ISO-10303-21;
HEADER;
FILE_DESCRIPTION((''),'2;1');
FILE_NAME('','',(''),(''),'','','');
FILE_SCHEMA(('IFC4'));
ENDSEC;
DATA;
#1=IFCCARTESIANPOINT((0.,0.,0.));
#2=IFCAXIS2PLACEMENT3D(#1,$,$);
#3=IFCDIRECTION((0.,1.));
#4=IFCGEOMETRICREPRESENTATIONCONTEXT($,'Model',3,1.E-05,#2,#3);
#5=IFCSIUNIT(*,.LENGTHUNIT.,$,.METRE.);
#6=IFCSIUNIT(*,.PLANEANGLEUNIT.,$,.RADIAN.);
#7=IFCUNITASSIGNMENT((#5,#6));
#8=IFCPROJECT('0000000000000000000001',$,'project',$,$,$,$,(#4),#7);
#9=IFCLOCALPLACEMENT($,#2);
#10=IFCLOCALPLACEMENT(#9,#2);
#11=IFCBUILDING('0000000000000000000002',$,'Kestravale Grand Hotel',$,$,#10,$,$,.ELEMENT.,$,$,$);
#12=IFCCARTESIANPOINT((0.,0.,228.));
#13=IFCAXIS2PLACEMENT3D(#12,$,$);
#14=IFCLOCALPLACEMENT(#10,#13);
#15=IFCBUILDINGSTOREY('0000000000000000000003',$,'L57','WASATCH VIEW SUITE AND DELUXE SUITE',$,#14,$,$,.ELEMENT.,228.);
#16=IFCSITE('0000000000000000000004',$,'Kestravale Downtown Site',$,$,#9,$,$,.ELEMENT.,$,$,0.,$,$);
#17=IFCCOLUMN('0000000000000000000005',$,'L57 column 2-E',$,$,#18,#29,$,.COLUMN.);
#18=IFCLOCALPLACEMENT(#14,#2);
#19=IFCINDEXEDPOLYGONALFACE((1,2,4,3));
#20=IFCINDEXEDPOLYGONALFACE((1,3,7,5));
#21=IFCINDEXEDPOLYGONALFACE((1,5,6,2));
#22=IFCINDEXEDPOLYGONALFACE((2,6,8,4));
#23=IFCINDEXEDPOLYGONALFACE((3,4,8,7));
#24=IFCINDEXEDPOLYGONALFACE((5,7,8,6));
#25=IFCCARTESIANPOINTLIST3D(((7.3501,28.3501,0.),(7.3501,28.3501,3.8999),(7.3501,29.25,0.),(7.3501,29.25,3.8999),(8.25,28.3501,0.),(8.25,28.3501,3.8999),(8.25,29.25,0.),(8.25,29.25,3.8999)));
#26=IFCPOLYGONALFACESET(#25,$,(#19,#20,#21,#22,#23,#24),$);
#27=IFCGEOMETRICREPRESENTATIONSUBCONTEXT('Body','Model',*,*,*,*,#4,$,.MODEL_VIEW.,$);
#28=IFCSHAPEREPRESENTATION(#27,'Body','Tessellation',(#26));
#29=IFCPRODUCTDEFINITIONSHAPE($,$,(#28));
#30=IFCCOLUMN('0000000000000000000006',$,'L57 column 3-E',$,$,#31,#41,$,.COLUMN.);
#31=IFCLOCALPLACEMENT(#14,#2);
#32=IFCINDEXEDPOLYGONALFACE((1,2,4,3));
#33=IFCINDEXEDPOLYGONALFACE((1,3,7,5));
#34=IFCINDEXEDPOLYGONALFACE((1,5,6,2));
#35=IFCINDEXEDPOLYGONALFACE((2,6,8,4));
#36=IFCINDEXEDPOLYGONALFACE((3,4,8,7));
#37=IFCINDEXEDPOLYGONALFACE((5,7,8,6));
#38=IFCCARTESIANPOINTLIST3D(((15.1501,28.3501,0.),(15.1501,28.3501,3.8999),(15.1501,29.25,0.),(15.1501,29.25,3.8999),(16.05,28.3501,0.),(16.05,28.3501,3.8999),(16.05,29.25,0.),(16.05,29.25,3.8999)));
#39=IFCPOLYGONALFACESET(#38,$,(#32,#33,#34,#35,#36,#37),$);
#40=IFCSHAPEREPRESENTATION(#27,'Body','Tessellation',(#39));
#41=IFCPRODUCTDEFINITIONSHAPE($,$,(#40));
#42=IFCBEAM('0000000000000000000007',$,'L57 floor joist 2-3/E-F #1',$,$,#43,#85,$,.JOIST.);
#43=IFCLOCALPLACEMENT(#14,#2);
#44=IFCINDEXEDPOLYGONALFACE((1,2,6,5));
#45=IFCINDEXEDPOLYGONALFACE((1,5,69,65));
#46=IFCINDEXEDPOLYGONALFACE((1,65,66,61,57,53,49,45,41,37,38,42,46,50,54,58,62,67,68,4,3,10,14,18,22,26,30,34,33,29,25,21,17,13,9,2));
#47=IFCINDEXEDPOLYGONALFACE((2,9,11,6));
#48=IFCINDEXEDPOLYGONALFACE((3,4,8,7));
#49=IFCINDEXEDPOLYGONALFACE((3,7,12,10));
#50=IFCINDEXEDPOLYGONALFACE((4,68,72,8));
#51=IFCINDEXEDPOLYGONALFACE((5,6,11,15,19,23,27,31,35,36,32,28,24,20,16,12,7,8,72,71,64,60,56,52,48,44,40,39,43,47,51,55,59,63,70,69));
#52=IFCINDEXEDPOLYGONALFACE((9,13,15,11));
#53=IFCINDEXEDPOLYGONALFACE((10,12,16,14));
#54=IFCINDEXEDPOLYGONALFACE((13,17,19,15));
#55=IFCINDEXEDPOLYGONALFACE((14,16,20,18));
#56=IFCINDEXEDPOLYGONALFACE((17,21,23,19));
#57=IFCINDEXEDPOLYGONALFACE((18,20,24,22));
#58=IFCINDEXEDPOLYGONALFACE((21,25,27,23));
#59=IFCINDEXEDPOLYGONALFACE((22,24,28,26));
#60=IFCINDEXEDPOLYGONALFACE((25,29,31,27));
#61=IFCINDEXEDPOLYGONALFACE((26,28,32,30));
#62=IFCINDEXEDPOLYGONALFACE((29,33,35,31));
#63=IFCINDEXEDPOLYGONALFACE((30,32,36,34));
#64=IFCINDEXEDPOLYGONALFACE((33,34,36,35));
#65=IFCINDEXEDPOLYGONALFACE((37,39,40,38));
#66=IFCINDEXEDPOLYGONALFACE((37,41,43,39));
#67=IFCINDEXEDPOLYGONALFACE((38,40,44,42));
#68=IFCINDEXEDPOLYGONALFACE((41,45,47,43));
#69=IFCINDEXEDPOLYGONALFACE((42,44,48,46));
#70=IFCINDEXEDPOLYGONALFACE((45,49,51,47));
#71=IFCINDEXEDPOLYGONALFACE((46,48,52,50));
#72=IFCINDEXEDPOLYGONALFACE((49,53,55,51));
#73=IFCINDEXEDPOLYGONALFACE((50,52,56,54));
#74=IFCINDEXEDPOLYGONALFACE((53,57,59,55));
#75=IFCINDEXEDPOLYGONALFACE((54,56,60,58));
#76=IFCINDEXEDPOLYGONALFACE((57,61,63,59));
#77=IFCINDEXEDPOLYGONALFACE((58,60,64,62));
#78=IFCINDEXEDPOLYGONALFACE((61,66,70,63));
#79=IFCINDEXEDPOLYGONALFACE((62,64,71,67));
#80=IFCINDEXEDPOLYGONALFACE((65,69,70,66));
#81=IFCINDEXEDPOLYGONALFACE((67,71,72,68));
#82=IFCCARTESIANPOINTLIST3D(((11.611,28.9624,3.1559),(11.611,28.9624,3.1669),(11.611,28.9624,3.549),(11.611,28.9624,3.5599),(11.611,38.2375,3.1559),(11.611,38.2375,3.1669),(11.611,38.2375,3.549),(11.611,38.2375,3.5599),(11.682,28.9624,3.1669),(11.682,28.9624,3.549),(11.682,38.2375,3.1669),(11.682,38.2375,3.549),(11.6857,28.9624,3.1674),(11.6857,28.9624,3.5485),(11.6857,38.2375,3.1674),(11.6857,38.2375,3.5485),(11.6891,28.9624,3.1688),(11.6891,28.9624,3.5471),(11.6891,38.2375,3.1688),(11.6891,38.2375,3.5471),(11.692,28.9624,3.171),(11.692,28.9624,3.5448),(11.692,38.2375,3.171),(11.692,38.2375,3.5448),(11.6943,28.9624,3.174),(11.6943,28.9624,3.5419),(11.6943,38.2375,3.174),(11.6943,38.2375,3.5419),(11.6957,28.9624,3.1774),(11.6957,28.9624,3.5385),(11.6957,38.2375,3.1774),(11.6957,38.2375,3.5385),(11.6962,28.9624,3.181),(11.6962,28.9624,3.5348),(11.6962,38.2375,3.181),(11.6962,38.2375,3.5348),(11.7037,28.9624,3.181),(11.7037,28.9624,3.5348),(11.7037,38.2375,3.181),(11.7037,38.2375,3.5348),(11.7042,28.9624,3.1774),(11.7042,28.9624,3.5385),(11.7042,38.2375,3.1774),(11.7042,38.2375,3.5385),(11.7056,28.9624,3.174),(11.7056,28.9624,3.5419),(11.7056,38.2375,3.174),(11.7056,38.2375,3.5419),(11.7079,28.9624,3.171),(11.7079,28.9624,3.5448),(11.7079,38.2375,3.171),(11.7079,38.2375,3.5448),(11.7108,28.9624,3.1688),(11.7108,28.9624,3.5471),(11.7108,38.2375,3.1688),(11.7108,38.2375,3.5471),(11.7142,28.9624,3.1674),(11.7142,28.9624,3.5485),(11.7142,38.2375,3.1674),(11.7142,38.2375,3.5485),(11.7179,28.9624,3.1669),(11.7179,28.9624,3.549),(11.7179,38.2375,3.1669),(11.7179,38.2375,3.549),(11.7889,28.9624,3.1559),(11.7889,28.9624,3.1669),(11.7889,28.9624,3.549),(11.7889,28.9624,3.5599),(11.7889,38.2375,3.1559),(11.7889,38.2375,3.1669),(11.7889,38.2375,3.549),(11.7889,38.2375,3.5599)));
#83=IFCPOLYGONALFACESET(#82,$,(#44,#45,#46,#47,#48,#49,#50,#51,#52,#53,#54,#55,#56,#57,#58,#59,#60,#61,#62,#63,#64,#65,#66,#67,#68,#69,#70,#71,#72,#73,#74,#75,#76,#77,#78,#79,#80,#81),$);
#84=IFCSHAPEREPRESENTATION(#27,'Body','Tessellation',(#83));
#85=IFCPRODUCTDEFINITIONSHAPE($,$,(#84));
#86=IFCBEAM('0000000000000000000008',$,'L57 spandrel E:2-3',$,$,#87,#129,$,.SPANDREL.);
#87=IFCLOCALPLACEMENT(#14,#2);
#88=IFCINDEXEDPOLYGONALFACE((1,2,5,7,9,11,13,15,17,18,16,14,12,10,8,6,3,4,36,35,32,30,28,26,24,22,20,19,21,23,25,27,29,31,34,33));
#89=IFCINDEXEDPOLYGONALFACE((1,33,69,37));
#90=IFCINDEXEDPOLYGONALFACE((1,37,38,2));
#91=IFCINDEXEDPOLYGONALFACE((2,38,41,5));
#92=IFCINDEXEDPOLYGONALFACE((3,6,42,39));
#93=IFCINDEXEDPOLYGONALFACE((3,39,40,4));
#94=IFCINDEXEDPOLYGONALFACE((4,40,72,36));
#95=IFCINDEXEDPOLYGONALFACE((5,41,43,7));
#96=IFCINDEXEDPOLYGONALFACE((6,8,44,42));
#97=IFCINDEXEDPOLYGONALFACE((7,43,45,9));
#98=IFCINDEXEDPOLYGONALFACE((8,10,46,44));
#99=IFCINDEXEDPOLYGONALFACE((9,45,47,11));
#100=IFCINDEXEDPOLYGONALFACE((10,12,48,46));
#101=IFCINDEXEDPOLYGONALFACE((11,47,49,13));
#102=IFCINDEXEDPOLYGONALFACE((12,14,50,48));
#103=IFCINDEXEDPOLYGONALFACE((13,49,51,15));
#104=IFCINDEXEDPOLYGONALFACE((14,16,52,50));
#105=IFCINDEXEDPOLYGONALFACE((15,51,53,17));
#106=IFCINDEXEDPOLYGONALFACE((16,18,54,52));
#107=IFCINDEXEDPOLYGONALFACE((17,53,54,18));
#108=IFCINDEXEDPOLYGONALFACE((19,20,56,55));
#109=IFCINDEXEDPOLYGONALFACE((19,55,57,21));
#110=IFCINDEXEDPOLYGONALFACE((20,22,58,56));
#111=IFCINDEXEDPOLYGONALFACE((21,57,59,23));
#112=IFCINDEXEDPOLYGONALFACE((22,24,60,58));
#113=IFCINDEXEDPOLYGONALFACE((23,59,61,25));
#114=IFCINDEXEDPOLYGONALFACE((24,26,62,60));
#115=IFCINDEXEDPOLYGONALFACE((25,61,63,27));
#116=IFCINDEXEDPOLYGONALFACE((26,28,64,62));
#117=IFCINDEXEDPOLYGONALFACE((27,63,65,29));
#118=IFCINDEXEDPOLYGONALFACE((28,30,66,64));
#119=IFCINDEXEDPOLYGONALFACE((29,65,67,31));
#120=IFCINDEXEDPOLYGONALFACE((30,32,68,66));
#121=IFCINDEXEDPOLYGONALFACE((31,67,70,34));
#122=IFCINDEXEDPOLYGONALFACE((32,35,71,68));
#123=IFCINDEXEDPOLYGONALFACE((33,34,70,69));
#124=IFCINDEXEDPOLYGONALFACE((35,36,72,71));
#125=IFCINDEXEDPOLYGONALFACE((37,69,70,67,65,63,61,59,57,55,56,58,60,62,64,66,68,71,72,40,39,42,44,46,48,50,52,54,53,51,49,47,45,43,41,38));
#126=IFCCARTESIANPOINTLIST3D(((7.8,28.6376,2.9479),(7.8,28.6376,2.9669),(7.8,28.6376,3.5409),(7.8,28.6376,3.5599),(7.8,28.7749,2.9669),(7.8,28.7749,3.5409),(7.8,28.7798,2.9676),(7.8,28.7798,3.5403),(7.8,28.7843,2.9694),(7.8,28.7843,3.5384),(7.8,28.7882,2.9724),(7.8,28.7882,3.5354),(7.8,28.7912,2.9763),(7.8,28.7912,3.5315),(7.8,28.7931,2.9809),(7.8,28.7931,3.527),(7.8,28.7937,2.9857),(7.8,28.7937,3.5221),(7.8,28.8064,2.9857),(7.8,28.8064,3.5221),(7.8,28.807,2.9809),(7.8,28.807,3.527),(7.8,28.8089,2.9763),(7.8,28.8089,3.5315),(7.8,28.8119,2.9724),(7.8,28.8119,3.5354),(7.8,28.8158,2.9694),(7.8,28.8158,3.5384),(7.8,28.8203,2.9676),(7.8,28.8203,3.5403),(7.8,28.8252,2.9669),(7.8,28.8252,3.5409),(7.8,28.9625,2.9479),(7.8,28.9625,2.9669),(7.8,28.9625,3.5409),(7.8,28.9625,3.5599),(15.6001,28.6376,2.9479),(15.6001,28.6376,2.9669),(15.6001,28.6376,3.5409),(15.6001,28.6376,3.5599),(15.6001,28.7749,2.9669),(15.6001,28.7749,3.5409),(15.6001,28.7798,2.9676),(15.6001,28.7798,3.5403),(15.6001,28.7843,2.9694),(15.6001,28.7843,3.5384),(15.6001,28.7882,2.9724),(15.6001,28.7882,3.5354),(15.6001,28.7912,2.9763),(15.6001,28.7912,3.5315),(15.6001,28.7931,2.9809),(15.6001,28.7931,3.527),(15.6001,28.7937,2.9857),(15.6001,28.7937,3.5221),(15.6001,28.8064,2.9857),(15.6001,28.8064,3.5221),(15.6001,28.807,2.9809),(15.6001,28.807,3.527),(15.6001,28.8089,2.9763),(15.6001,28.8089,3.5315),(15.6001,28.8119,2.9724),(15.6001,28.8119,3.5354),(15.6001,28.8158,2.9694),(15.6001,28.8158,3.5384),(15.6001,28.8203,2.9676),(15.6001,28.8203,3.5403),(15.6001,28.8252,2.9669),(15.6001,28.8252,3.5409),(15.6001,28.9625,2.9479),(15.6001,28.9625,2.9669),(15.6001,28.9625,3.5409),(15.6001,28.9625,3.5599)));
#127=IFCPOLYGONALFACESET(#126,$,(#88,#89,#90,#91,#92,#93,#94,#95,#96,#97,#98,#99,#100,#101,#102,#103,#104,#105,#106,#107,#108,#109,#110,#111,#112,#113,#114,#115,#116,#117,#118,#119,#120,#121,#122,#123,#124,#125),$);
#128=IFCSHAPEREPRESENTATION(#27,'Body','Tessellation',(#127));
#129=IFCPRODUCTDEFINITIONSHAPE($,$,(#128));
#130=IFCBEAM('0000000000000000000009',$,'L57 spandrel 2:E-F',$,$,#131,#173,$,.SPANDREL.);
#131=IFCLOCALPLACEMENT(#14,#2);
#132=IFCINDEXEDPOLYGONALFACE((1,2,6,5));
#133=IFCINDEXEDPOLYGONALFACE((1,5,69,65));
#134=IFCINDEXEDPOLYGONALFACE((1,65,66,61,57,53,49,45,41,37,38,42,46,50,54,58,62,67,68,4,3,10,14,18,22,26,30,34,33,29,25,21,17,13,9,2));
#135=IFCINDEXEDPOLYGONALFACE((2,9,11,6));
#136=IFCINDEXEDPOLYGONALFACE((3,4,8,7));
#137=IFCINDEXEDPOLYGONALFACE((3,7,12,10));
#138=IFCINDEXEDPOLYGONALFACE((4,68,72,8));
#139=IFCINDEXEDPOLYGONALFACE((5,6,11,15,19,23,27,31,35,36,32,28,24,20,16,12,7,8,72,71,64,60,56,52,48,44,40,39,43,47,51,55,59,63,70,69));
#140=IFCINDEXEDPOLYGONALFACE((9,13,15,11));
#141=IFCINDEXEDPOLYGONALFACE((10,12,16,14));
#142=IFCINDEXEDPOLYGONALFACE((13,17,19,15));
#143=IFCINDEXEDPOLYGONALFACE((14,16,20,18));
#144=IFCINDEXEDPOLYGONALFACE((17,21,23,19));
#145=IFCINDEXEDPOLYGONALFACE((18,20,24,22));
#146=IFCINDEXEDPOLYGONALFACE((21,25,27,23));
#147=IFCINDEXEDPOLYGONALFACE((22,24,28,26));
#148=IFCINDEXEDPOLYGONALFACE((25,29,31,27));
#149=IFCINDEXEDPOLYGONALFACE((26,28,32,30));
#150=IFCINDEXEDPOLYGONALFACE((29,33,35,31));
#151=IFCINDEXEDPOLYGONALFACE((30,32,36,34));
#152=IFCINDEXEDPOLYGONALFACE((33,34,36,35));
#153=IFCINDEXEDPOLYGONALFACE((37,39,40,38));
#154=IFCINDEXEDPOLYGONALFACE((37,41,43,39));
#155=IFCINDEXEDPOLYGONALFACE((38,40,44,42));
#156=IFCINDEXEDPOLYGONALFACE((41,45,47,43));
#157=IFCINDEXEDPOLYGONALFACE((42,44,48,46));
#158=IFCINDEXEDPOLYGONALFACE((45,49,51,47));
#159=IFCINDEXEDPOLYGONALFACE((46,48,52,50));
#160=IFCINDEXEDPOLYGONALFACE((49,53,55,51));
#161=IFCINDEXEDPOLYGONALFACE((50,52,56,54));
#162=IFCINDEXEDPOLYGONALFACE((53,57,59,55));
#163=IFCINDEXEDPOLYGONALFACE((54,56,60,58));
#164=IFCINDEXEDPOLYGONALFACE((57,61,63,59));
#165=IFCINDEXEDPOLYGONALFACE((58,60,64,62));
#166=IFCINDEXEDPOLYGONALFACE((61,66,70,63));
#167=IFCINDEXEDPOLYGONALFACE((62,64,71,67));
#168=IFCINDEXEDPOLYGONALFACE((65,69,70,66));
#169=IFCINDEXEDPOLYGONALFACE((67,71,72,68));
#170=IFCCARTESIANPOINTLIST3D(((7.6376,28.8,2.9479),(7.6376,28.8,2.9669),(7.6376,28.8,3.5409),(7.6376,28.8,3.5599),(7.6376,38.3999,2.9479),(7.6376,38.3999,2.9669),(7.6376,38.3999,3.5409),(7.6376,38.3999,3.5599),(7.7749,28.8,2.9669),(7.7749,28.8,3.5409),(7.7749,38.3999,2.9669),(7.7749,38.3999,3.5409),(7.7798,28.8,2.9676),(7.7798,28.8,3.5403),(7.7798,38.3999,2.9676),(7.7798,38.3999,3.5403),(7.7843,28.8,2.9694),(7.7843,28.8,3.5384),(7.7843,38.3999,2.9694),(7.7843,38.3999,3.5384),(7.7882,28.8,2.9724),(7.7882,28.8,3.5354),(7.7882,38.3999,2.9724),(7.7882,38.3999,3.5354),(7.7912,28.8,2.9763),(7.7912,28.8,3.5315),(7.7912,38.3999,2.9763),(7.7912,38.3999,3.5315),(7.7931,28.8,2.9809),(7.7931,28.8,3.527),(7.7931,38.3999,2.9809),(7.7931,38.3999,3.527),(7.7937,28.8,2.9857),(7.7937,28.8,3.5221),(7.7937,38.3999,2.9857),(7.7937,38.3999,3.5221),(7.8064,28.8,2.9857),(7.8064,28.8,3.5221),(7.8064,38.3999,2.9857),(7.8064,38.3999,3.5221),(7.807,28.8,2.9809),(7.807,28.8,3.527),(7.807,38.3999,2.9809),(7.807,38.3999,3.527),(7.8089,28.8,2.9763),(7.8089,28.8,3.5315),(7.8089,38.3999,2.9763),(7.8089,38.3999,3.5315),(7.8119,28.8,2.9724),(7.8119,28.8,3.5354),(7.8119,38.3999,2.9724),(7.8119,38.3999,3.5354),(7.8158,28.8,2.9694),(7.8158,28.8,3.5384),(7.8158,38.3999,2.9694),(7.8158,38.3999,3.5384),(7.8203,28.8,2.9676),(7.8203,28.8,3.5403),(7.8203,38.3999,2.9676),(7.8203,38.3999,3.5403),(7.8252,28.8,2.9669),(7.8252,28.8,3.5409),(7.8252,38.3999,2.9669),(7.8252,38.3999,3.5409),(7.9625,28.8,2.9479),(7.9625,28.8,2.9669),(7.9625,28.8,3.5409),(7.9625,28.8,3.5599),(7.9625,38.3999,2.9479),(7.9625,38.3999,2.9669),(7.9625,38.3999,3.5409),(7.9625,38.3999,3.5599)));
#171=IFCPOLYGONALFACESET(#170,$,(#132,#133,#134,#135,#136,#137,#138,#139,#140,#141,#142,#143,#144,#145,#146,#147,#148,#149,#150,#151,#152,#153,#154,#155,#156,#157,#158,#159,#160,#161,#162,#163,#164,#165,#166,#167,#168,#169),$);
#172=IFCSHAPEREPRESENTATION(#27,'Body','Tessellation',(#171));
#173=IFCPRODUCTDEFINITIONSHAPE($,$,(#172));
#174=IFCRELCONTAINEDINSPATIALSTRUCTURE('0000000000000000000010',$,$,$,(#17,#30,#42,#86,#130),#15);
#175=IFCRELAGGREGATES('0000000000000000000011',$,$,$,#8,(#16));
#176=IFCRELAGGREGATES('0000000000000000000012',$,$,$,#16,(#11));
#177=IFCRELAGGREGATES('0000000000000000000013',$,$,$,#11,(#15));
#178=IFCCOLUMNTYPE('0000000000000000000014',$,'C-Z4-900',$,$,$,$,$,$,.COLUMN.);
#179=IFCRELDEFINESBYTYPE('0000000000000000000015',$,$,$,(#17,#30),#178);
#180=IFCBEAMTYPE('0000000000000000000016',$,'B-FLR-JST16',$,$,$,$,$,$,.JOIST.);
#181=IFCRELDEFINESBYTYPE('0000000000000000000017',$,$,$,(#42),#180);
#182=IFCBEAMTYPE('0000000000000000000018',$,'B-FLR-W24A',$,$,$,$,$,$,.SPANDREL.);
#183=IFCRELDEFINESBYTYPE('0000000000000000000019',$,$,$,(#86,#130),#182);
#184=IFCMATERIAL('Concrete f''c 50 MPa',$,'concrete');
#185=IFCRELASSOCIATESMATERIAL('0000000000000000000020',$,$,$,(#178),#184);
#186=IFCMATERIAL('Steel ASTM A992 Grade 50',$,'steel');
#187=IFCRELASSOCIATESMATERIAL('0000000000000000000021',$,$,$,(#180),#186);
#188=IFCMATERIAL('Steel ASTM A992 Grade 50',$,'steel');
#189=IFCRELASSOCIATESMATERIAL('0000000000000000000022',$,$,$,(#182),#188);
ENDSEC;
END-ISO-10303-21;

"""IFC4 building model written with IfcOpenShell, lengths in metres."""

from ifc_helpers import new_model, si_unit, direction, frame, origin, origin_2d, place, context, subcontext, project, spatial, rectangle, i_section, extrude, material, material_profile, profile_set, type_object, element, save


model = new_model("IFC4")

# Units and contexts
model_context = context("Model", 3, precision=1e-05, world=origin(), true_north=direction((0.0, 1.0)))
body_context = subcontext(model_context, "Body", "Model", "MODEL_VIEW")
ifc_project = project(units=[si_unit("LENGTHUNIT", "METRE"), si_unit("PLANEANGLEUNIT", "RADIAN")], contexts=[model_context])

# Site, building, storey
site_placement = place(None, origin())
site = spatial("IfcSite", under=ifc_project, at=site_placement, Name="Kestravale Downtown Site", CompositionType="ELEMENT", RefElevation=0.0)
building_placement = place(site_placement, origin())
building = spatial("IfcBuilding", under=site, at=building_placement, Name="Kestravale Grand Hotel", CompositionType="ELEMENT")
storey_placement = place(building_placement, frame((0.0, 0.0, 228.0)))
storey = spatial("IfcBuildingStorey", under=building, at=storey_placement, Name="L57", Description="WASATCH VIEW SUITE AND DELUXE SUITE", CompositionType="ELEMENT", Elevation=228.0)

# Columns
ifc_material_1 = material(Name="Concrete f'c 50 MPa", Category="concrete")
ifc_material_profile_1 = material_profile(ifc_material_1, rectangle(XDim=0.8999, YDim=0.8999, at=origin_2d()))
ifc_profile_set_1 = profile_set([ifc_material_profile_1], Name="Concrete f'c 50 MPa")
column_type = type_object("IfcColumnType", Name="C-Z4-900", PredefinedType="COLUMN", material=ifc_profile_set_1)
for number, where, z_axis, x_axis, name in (
    (1, (7.8, 28.8, 0.0), (0.0, 0.0, 1.0), (1.0, 0.0, 0.0), "L57 column 2-E"),
    (2, (15.6001, 28.8, 0.0), (0.0, 0.0, 1.0), (1.0, 0.0, 0.0), "L57 column 3-E"),
):
    element("IfcColumn", number, at=place(storey_placement, frame(where, z_axis=z_axis, x_axis=x_axis)), inside=storey, type_object=column_type, Name=name, PredefinedType="COLUMN", context=body_context, shape_type="SweptSolid", body=[
        extrude(rectangle(XDim=0.8999, YDim=0.8999, at=origin_2d()), origin(), (0.0, 0.0, 1.0), 3.8999),
    ])

# Beams
ifc_material_2 = material(Name="Steel ASTM A992 Grade 50", Category="steel")
ifc_material_profile_2 = material_profile(ifc_material_2, i_section(OverallWidth=0.178, OverallDepth=0.4041, WebThickness=0.0076, FlangeThickness=0.011, FilletRadius=0.0142, at=origin_2d()))
ifc_profile_set_2 = profile_set([ifc_material_profile_2], Name="Steel ASTM A992 Grade 50")
beam_type_1 = type_object("IfcBeamType", Name="B-FLR-JST16", PredefinedType="JOIST", material=ifc_profile_set_2)
beam_1_placement = place(storey_placement, frame((11.7, 28.9624, 3.3579), z_axis=(0.0, 1.0, 0.0), x_axis=(-1.0, 0.0, 0.0)))
element("IfcBeam", 3, at=beam_1_placement, inside=storey, type_object=beam_type_1, Name="L57 floor joist 2-3/E-F #1", PredefinedType="JOIST", context=body_context, shape_type="SweptSolid", body=[
    extrude(i_section(OverallWidth=0.178, OverallDepth=0.4041, WebThickness=0.0076, FlangeThickness=0.011, FilletRadius=0.0142, at=origin_2d()), origin(), (0.0, 0.0, 1.0), 9.2751),
])
ifc_material_3 = material(Name="Steel ASTM A992 Grade 50", Category="steel")
ifc_material_profile_3 = material_profile(ifc_material_3, i_section(OverallWidth=0.325, OverallDepth=0.6121, WebThickness=0.0127, FlangeThickness=0.019, FilletRadius=0.0188, at=origin_2d()))
ifc_profile_set_3 = profile_set([ifc_material_profile_3], Name="Steel ASTM A992 Grade 50")
beam_type_2 = type_object("IfcBeamType", Name="B-FLR-W24A", PredefinedType="SPANDREL", material=ifc_profile_set_3)
beam_2_placement = place(storey_placement, frame((7.8, 28.8, 3.2539), z_axis=(1.0, 0.0, 0.0), x_axis=(0.0, 1.0, 0.0)))
element("IfcBeam", 4, at=beam_2_placement, inside=storey, type_object=beam_type_2, Name="L57 spandrel E:2-3", PredefinedType="SPANDREL", context=body_context, shape_type="SweptSolid", body=[
    extrude(i_section(OverallWidth=0.325, OverallDepth=0.6121, WebThickness=0.0127, FlangeThickness=0.019, FilletRadius=0.0188, at=origin_2d()), origin(), (0.0, 0.0, 1.0), 7.8),
])
beam_3_placement = place(storey_placement, frame((7.8, 28.8, 3.2539), z_axis=(0.0, 1.0, 0.0), x_axis=(-1.0, 0.0, 0.0)))
element("IfcBeam", 5, at=beam_3_placement, inside=storey, type_object=beam_type_2, Name="L57 spandrel 2:E-F", PredefinedType="SPANDREL", context=body_context, shape_type="SweptSolid", body=[
    extrude(i_section(OverallWidth=0.325, OverallDepth=0.6121, WebThickness=0.0127, FlangeThickness=0.019, FilletRadius=0.0188, at=origin_2d()), origin(), (0.0, 0.0, 1.0), 9.5999),
])

save(model, "model.ifc")
